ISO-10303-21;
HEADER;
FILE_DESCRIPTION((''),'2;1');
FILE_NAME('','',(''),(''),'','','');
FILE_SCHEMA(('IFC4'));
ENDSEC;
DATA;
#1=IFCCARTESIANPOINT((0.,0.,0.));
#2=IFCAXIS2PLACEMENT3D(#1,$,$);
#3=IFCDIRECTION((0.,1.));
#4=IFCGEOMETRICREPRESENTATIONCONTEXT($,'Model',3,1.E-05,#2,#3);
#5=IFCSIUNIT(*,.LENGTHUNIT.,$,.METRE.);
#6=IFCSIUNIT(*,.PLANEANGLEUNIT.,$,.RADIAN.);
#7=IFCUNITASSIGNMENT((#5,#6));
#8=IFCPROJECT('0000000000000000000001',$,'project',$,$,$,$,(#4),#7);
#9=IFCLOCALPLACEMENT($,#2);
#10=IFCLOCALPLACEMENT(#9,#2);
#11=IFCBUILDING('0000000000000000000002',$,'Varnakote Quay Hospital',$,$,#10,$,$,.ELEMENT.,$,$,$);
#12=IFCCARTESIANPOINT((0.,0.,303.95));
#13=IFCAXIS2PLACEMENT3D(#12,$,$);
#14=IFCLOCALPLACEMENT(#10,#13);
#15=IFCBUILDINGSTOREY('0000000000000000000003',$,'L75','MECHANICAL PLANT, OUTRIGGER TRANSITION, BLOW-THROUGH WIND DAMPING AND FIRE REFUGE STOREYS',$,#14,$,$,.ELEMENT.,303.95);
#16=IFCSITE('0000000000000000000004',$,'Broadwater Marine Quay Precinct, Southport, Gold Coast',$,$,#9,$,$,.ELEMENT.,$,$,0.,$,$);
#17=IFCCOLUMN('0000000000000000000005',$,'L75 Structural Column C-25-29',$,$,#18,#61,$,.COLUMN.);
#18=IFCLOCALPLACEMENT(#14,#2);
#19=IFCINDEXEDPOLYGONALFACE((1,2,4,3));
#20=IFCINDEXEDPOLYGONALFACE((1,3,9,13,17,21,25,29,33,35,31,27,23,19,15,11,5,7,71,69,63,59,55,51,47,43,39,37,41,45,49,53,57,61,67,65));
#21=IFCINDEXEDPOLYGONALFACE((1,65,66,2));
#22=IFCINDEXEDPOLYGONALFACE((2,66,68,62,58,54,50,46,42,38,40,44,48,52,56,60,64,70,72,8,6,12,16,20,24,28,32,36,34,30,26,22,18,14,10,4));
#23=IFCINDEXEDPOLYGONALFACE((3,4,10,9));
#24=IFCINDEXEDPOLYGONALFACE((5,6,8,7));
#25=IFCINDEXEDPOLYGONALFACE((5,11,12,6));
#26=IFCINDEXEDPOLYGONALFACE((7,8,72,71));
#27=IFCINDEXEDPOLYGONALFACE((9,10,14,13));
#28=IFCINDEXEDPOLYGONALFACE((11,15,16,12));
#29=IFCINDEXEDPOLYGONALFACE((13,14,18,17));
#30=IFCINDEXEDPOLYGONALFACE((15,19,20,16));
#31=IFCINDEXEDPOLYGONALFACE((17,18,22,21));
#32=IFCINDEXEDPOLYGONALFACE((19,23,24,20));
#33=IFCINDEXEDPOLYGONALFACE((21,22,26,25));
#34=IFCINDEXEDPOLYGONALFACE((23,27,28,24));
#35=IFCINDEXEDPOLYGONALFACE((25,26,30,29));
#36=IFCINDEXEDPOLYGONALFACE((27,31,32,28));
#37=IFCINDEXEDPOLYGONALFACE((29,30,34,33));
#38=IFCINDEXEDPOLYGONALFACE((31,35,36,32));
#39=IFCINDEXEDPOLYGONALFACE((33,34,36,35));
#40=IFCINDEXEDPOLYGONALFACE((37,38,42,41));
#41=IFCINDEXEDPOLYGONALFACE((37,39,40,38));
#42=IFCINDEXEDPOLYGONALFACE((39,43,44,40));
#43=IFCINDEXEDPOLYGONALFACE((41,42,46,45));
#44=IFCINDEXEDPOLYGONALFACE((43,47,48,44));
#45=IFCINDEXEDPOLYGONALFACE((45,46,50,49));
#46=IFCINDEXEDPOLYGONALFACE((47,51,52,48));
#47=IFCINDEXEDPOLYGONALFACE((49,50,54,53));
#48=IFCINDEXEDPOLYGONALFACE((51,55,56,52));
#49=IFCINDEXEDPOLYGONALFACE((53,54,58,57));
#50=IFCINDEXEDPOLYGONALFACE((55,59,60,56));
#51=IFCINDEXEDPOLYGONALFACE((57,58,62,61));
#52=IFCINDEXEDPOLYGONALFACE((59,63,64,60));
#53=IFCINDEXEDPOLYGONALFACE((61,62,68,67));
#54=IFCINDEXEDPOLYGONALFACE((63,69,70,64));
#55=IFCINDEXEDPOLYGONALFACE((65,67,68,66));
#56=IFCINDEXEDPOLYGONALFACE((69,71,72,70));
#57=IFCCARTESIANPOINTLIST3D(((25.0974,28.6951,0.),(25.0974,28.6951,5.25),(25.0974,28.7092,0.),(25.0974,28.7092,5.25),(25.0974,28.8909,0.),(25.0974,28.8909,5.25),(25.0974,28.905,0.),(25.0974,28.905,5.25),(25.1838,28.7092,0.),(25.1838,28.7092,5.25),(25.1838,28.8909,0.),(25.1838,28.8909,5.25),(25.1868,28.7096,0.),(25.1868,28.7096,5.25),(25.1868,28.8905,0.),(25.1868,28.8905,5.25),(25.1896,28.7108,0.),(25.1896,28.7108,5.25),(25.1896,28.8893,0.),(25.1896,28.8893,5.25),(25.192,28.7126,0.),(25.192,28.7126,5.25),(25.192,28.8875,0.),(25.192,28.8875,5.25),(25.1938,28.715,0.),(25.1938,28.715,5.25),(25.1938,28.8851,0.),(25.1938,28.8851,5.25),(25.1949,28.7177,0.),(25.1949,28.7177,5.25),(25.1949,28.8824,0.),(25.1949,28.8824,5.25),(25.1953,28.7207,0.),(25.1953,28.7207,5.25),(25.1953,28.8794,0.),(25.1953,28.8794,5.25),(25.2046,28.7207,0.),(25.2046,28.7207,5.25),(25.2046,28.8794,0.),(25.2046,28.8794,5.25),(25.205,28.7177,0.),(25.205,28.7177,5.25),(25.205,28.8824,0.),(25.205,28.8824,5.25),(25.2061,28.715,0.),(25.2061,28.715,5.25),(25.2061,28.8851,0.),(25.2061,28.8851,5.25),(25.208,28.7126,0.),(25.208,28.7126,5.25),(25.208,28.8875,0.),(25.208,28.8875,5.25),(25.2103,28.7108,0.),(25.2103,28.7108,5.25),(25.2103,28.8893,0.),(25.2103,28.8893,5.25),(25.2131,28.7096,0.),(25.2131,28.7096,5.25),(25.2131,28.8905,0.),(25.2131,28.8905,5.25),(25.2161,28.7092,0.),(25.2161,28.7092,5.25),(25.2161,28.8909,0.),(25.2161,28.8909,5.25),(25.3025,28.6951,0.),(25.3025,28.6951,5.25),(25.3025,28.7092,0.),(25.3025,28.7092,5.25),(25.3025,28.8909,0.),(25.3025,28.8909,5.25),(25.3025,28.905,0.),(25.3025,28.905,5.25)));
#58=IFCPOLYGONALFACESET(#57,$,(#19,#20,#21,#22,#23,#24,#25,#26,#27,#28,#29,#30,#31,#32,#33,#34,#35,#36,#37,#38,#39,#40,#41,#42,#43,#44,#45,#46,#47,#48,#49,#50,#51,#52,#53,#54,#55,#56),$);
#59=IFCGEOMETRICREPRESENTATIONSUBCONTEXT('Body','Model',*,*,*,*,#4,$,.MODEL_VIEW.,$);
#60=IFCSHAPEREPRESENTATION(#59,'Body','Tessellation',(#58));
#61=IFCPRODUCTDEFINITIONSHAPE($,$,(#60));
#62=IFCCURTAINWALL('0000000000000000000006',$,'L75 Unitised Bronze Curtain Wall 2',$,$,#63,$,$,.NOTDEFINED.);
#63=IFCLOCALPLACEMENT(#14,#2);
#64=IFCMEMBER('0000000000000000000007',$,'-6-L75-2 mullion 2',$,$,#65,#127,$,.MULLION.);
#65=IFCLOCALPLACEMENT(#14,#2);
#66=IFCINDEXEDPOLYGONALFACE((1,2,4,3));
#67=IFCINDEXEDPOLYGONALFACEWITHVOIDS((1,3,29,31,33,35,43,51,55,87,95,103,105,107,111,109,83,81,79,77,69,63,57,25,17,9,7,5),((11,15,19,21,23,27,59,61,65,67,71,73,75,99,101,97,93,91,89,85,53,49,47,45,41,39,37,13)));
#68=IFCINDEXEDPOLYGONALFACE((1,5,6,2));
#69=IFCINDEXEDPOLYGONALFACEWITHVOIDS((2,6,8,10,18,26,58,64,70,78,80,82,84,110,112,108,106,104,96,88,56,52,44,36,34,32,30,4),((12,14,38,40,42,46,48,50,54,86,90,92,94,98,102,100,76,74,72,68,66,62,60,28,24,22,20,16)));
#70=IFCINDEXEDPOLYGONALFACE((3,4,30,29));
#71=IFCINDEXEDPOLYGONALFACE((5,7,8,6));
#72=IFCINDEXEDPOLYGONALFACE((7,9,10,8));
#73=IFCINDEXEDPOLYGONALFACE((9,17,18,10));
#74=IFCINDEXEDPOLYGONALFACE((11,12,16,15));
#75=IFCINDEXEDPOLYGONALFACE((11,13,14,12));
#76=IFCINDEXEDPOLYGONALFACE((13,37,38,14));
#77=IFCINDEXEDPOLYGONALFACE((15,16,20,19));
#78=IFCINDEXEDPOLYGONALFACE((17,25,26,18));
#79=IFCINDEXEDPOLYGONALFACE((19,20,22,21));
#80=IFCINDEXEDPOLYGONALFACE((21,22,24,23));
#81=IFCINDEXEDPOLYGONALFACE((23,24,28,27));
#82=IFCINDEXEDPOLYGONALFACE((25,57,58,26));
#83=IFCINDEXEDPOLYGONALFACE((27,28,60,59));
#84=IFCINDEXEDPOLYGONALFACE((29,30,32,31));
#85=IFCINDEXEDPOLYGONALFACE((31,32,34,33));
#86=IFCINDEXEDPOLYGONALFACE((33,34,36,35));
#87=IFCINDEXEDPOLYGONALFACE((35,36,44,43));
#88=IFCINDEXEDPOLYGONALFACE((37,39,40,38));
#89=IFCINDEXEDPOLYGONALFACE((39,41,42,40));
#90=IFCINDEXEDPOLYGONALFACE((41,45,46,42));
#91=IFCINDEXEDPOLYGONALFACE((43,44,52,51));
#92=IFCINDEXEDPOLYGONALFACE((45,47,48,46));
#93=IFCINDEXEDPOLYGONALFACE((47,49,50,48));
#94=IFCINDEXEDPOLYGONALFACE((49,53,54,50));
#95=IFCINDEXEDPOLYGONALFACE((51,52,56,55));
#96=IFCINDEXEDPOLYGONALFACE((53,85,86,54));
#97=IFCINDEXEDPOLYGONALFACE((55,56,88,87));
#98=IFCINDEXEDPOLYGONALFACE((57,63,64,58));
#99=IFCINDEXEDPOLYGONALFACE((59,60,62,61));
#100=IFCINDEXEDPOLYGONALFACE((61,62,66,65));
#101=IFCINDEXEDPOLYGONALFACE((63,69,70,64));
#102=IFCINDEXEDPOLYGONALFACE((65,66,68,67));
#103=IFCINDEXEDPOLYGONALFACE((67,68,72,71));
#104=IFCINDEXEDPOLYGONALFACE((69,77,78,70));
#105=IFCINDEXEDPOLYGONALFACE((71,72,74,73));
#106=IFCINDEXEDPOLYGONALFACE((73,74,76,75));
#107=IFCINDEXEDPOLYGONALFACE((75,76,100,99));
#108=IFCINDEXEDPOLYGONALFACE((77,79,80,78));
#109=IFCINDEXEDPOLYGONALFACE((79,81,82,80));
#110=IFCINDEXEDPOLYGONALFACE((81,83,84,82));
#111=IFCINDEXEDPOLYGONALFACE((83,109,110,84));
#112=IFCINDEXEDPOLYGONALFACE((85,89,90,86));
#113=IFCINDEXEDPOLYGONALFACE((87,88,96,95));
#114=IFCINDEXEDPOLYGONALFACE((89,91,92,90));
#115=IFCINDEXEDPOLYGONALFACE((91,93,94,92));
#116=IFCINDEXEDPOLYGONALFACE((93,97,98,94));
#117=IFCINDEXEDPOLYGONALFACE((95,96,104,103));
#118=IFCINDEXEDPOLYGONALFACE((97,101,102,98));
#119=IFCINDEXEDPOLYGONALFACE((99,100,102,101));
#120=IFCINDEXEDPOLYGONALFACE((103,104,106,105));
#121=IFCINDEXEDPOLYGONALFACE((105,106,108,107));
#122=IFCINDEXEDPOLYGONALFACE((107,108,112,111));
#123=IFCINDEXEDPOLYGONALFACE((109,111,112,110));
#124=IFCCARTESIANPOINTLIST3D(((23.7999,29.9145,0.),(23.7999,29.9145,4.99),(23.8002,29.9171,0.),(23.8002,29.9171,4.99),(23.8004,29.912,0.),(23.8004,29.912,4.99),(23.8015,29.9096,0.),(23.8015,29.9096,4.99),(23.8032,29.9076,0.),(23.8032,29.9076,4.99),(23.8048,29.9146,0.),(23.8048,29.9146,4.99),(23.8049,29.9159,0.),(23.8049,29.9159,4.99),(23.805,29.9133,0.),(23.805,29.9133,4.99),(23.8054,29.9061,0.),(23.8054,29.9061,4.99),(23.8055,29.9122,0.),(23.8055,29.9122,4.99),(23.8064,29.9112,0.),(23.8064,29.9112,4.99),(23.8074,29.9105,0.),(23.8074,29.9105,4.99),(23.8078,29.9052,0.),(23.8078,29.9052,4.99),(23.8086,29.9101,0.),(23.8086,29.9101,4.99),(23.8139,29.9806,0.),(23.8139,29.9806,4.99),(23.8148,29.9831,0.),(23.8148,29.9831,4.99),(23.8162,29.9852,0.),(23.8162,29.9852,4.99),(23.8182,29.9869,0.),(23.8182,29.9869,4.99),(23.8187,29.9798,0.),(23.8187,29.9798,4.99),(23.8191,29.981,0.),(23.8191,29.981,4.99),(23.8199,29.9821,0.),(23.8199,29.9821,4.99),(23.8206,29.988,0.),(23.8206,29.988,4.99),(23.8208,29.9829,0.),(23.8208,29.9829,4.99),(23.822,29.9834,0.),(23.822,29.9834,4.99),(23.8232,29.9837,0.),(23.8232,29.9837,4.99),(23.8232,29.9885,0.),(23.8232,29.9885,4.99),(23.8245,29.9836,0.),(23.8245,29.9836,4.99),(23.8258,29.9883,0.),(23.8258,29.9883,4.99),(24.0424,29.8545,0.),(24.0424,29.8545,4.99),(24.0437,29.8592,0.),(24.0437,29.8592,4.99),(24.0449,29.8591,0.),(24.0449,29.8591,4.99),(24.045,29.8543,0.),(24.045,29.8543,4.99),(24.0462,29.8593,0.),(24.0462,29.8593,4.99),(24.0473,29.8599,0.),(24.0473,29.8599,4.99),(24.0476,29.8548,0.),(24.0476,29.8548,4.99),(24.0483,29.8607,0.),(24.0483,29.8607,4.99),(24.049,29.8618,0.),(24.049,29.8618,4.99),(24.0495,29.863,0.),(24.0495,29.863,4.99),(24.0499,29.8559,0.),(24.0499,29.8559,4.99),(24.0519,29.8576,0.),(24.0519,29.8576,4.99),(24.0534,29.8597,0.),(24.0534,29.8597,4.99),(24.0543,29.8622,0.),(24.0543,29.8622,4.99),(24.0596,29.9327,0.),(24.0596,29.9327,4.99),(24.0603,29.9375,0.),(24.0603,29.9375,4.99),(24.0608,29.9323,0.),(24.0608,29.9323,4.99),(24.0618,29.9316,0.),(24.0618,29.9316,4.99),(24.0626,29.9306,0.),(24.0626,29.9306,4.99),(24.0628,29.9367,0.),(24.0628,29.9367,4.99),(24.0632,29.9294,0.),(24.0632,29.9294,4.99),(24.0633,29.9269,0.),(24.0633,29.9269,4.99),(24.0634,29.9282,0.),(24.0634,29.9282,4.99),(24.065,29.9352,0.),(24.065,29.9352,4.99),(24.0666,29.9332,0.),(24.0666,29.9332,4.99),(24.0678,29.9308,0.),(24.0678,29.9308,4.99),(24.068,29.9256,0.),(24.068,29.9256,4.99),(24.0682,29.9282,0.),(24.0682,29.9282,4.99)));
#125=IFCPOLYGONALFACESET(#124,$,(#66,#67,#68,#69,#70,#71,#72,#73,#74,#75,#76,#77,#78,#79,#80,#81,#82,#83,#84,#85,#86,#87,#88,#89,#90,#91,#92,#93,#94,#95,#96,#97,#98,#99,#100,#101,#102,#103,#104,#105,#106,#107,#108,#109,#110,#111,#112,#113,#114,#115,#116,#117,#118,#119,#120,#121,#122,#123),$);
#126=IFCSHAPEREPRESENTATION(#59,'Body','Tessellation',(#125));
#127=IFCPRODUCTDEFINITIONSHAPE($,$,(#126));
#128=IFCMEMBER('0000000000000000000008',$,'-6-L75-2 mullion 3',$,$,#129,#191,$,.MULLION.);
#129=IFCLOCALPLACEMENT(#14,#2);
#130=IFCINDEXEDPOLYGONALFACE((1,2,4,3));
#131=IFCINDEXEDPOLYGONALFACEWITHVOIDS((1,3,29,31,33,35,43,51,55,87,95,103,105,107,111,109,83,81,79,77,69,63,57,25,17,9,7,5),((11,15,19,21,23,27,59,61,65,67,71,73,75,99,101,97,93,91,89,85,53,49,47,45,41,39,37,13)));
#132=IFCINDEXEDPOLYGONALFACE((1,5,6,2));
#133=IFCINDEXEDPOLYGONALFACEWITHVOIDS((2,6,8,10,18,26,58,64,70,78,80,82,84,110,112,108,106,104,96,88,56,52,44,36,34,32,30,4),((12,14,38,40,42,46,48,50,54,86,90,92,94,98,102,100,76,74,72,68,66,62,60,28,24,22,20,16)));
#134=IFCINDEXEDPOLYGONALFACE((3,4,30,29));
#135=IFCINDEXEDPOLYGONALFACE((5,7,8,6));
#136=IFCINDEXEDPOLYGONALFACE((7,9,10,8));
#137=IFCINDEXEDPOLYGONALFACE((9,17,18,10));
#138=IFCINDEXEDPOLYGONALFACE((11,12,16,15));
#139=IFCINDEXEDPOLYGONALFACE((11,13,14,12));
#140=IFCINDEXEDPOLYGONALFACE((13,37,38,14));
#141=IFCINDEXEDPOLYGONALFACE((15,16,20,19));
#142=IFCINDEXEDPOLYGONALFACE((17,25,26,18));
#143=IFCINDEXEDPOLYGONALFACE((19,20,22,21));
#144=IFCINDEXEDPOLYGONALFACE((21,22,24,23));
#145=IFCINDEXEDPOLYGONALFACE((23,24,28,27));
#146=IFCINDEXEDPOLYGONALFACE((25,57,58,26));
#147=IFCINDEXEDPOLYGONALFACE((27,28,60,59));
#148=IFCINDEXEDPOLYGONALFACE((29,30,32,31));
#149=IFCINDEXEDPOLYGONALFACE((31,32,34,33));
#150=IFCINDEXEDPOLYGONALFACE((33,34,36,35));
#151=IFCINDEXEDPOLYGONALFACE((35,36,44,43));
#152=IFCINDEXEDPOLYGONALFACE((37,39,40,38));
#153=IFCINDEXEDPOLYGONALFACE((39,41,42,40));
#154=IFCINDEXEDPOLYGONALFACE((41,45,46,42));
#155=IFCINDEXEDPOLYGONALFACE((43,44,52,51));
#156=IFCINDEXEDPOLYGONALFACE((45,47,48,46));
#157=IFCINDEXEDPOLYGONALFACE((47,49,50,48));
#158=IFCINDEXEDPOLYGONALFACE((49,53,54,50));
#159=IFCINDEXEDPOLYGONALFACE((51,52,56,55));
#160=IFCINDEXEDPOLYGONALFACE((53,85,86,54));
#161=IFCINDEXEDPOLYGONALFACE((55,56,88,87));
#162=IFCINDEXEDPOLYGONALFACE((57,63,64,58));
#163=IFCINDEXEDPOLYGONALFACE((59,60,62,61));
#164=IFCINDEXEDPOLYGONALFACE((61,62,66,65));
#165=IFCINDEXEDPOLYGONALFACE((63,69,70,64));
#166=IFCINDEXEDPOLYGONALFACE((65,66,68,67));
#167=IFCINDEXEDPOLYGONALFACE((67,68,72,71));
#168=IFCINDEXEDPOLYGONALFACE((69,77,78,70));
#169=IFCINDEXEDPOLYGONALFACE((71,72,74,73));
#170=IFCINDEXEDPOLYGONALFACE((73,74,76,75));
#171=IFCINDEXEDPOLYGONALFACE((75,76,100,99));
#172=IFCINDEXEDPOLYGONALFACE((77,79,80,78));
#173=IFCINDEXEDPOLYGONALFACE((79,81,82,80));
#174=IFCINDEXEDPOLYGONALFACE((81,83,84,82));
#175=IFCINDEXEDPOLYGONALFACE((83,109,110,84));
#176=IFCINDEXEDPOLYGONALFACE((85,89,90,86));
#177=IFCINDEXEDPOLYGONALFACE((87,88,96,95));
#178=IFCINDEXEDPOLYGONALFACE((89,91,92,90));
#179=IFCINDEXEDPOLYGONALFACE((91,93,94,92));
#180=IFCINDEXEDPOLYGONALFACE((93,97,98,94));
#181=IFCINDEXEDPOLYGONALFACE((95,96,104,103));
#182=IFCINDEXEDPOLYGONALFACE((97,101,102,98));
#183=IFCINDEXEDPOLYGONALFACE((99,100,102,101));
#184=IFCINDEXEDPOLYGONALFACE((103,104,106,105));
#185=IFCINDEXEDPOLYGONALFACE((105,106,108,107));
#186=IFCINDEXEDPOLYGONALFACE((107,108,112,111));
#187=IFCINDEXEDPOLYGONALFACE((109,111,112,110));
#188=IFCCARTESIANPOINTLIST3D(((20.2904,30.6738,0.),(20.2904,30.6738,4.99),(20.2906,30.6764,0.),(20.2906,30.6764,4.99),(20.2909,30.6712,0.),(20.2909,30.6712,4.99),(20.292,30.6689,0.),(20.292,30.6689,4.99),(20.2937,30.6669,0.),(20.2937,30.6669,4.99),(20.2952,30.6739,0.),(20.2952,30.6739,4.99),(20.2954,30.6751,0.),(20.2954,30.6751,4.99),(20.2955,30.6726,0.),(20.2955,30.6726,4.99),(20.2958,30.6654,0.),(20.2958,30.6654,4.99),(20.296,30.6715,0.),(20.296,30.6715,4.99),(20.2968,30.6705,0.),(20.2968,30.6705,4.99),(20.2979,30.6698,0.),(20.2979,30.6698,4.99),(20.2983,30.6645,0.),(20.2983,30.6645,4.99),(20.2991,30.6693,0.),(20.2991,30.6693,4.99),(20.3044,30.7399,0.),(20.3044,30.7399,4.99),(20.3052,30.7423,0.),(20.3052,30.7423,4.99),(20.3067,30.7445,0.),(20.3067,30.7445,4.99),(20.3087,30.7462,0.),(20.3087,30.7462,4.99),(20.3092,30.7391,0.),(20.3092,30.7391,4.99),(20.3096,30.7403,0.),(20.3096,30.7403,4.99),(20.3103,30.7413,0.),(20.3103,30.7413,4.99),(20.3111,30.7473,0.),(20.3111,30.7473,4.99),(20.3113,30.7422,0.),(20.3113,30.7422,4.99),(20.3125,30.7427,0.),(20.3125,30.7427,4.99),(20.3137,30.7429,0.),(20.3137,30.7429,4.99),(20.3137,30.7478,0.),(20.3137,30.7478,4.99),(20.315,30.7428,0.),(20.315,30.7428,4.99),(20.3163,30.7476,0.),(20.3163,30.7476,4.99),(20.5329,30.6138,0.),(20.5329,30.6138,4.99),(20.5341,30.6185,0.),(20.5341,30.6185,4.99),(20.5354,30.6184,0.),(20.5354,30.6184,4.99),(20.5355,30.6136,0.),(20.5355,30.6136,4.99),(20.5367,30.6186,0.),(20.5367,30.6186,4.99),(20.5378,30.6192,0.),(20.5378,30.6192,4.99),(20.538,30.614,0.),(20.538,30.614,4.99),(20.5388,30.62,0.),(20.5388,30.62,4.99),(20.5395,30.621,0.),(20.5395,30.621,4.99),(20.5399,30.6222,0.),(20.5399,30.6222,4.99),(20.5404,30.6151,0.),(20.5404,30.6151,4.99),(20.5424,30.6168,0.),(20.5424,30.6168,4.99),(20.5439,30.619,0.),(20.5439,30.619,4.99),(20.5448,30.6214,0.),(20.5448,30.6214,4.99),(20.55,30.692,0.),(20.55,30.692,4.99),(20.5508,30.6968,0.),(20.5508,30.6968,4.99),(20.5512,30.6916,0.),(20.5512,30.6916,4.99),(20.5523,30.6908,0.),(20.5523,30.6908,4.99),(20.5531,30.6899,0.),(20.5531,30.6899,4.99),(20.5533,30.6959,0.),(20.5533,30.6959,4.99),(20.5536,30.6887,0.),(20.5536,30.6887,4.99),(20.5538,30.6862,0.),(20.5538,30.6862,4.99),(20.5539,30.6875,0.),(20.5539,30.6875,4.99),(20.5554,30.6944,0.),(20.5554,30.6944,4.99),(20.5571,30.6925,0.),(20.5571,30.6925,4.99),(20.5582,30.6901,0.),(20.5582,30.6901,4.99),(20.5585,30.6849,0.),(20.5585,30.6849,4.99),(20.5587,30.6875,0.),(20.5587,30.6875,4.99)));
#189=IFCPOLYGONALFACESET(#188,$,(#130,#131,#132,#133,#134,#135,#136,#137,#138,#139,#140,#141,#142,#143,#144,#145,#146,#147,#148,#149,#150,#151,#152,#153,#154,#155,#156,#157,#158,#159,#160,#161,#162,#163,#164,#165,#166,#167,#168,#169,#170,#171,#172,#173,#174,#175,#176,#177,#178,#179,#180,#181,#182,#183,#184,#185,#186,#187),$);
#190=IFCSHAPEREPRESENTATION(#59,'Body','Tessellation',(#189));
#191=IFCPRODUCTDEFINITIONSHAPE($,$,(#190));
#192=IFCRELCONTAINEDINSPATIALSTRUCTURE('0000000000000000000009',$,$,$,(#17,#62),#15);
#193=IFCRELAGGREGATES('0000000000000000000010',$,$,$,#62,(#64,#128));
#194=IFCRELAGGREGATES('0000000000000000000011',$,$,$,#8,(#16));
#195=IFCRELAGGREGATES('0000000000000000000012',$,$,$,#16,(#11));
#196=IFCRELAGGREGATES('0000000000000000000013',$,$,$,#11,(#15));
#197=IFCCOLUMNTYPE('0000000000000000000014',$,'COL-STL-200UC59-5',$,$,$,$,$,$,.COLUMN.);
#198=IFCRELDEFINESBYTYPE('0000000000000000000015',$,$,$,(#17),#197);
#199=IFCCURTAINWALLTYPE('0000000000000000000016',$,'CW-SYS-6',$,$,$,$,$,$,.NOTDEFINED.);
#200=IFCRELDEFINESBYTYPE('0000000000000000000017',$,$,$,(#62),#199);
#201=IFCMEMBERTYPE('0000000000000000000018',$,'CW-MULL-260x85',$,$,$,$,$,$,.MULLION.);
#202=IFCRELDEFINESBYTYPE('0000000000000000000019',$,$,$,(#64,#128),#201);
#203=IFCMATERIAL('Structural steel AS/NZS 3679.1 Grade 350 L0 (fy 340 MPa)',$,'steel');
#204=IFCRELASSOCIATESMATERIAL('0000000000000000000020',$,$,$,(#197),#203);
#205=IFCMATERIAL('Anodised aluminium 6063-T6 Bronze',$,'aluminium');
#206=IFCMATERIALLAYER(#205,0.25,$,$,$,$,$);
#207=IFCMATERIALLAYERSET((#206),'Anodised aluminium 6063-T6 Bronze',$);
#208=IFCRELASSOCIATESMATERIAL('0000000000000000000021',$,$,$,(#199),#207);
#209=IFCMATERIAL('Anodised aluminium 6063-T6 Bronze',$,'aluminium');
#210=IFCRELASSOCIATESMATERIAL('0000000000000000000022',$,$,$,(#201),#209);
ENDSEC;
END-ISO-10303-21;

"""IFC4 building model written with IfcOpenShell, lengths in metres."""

from ifc_helpers import new_model, si_unit, direction, frame, origin, origin_2d, place, context, subcontext, project, spatial, hollow_rectangle, i_section, extrude, material, layer, layer_set, material_profile, profile_set, type_object, element, aggregate, save


model = new_model("IFC4")

# Units and contexts
model_context = context("Model", 3, precision=1e-05, world=origin(), true_north=direction((0.0, 1.0)))
body_context = subcontext(model_context, "Body", "Model", "MODEL_VIEW")
ifc_project = project(units=[si_unit("LENGTHUNIT", "METRE"), si_unit("PLANEANGLEUNIT", "RADIAN")], contexts=[model_context])

# Site, building, storey
site_placement = place(None, origin())
site = spatial("IfcSite", under=ifc_project, at=site_placement, Name="Broadwater Marine Quay Precinct, Southport, Gold Coast", CompositionType="ELEMENT", RefElevation=0.0)
building_placement = place(site_placement, origin())
building = spatial("IfcBuilding", under=site, at=building_placement, Name="Varnakote Quay Hospital", CompositionType="ELEMENT")
storey_placement = place(building_placement, frame((0.0, 0.0, 303.95)))
storey = spatial("IfcBuildingStorey", under=building, at=storey_placement, Name="L75", Description="MECHANICAL PLANT, OUTRIGGER TRANSITION, BLOW-THROUGH WIND DAMPING AND FIRE REFUGE STOREYS", CompositionType="ELEMENT", Elevation=303.95)

# Column
ifc_material_1 = material(Name="Structural steel AS/NZS 3679.1 Grade 350 L0 (fy 340 MPa)", Category="steel")
ifc_material_profile_1 = material_profile(ifc_material_1, i_section(OverallWidth=0.2051, OverallDepth=0.21, WebThickness=0.0093, FlangeThickness=0.0142, FilletRadius=0.0115, at=origin_2d()), Name="200UC59.5")
ifc_profile_set_1 = profile_set([ifc_material_profile_1], Name="Structural steel AS/NZS 3679.1 Grade 350 L0 (fy 340 MPa)")
column_type = type_object("IfcColumnType", Name="COL-STL-200UC59-5", PredefinedType="COLUMN", material=ifc_profile_set_1)
column_placement = place(storey_placement, frame((25.2, 28.8, 0.0), z_axis=(0.0, 0.0, 1.0), x_axis=(1.0, 0.0, 0.0)))
element("IfcColumn", 1, at=column_placement, inside=storey, type_object=column_type, Name="L75 Structural Column C-25-29", PredefinedType="COLUMN", context=body_context, shape_type="SweptSolid", body=[
    extrude(i_section(OverallWidth=0.2051, OverallDepth=0.21, WebThickness=0.0093, FlangeThickness=0.0142, FilletRadius=0.0115, at=origin_2d()), origin(), (0.0, 0.0, 1.0), 5.25),
])

# Curtain wall, members
ifc_material_2 = material(Name="Anodised aluminium 6063-T6 Bronze", Category="aluminium")
ifc_layer_1 = layer(ifc_material_2, 0.25)
ifc_layer_set_1 = layer_set([ifc_layer_1], Name="Anodised aluminium 6063-T6 Bronze")
curtain_wall_type = type_object("IfcCurtainWallType", Name="CW-SYS-6", PredefinedType="NOTDEFINED", material=ifc_layer_set_1)
curtain_wall_placement = place(storey_placement, origin())
curtain_wall = element("IfcCurtainWall", 2, at=curtain_wall_placement, inside=storey, type_object=curtain_wall_type, Name="L75 Unitised Bronze Curtain Wall 2", PredefinedType="NOTDEFINED")
ifc_material_3 = material(Name="Anodised aluminium 6063-T6 Bronze", Category="aluminium")
ifc_material_profile_2 = material_profile(ifc_material_3, hollow_rectangle(XDim=0.085, YDim=0.26, WallThickness=0.0049, InnerFilletRadius=0.0049, OuterFilletRadius=0.01, at=origin_2d()), Name="CW-MULL-260x85")
ifc_profile_set_2 = profile_set([ifc_material_profile_2], Name="Anodised aluminium 6063-T6 Bronze")
member_type_1 = type_object("IfcMemberType", Name="CW-MULL-260x85", PredefinedType="MULLION", material=ifc_profile_set_2)
member_1_placement = place(storey_placement, frame((23.9341, 29.9214, 0.0), z_axis=(0.0, 0.0, 1.0), x_axis=(-0.211408, -0.977398, 0.0)))
member_1 = element("IfcMember", 3, at=member_1_placement, type_object=member_type_1, Name="-6-L75-2 mullion 2", PredefinedType="MULLION", context=body_context, shape_type="SweptSolid", body=[
    extrude(hollow_rectangle(XDim=0.085, YDim=0.26, WallThickness=0.0049, InnerFilletRadius=0.0049, OuterFilletRadius=0.01, at=origin_2d()), origin(), (0.0, 0.0, 1.0), 4.99),
])
member_2_placement = place(storey_placement, frame((20.4246, 30.6807, 0.0), z_axis=(0.0, 0.0, 1.0), x_axis=(-0.211408, -0.977398, 0.0)))
member_2 = element("IfcMember", 4, at=member_2_placement, type_object=member_type_1, Name="-6-L75-2 mullion 3", PredefinedType="MULLION", context=body_context, shape_type="SweptSolid", body=[
    extrude(hollow_rectangle(XDim=0.085, YDim=0.26, WallThickness=0.0049, InnerFilletRadius=0.0049, OuterFilletRadius=0.01, at=origin_2d()), origin(), (0.0, 0.0, 1.0), 4.99),
])

aggregate(curtain_wall, [member_1, member_2])

save(model, "model.ifc")
